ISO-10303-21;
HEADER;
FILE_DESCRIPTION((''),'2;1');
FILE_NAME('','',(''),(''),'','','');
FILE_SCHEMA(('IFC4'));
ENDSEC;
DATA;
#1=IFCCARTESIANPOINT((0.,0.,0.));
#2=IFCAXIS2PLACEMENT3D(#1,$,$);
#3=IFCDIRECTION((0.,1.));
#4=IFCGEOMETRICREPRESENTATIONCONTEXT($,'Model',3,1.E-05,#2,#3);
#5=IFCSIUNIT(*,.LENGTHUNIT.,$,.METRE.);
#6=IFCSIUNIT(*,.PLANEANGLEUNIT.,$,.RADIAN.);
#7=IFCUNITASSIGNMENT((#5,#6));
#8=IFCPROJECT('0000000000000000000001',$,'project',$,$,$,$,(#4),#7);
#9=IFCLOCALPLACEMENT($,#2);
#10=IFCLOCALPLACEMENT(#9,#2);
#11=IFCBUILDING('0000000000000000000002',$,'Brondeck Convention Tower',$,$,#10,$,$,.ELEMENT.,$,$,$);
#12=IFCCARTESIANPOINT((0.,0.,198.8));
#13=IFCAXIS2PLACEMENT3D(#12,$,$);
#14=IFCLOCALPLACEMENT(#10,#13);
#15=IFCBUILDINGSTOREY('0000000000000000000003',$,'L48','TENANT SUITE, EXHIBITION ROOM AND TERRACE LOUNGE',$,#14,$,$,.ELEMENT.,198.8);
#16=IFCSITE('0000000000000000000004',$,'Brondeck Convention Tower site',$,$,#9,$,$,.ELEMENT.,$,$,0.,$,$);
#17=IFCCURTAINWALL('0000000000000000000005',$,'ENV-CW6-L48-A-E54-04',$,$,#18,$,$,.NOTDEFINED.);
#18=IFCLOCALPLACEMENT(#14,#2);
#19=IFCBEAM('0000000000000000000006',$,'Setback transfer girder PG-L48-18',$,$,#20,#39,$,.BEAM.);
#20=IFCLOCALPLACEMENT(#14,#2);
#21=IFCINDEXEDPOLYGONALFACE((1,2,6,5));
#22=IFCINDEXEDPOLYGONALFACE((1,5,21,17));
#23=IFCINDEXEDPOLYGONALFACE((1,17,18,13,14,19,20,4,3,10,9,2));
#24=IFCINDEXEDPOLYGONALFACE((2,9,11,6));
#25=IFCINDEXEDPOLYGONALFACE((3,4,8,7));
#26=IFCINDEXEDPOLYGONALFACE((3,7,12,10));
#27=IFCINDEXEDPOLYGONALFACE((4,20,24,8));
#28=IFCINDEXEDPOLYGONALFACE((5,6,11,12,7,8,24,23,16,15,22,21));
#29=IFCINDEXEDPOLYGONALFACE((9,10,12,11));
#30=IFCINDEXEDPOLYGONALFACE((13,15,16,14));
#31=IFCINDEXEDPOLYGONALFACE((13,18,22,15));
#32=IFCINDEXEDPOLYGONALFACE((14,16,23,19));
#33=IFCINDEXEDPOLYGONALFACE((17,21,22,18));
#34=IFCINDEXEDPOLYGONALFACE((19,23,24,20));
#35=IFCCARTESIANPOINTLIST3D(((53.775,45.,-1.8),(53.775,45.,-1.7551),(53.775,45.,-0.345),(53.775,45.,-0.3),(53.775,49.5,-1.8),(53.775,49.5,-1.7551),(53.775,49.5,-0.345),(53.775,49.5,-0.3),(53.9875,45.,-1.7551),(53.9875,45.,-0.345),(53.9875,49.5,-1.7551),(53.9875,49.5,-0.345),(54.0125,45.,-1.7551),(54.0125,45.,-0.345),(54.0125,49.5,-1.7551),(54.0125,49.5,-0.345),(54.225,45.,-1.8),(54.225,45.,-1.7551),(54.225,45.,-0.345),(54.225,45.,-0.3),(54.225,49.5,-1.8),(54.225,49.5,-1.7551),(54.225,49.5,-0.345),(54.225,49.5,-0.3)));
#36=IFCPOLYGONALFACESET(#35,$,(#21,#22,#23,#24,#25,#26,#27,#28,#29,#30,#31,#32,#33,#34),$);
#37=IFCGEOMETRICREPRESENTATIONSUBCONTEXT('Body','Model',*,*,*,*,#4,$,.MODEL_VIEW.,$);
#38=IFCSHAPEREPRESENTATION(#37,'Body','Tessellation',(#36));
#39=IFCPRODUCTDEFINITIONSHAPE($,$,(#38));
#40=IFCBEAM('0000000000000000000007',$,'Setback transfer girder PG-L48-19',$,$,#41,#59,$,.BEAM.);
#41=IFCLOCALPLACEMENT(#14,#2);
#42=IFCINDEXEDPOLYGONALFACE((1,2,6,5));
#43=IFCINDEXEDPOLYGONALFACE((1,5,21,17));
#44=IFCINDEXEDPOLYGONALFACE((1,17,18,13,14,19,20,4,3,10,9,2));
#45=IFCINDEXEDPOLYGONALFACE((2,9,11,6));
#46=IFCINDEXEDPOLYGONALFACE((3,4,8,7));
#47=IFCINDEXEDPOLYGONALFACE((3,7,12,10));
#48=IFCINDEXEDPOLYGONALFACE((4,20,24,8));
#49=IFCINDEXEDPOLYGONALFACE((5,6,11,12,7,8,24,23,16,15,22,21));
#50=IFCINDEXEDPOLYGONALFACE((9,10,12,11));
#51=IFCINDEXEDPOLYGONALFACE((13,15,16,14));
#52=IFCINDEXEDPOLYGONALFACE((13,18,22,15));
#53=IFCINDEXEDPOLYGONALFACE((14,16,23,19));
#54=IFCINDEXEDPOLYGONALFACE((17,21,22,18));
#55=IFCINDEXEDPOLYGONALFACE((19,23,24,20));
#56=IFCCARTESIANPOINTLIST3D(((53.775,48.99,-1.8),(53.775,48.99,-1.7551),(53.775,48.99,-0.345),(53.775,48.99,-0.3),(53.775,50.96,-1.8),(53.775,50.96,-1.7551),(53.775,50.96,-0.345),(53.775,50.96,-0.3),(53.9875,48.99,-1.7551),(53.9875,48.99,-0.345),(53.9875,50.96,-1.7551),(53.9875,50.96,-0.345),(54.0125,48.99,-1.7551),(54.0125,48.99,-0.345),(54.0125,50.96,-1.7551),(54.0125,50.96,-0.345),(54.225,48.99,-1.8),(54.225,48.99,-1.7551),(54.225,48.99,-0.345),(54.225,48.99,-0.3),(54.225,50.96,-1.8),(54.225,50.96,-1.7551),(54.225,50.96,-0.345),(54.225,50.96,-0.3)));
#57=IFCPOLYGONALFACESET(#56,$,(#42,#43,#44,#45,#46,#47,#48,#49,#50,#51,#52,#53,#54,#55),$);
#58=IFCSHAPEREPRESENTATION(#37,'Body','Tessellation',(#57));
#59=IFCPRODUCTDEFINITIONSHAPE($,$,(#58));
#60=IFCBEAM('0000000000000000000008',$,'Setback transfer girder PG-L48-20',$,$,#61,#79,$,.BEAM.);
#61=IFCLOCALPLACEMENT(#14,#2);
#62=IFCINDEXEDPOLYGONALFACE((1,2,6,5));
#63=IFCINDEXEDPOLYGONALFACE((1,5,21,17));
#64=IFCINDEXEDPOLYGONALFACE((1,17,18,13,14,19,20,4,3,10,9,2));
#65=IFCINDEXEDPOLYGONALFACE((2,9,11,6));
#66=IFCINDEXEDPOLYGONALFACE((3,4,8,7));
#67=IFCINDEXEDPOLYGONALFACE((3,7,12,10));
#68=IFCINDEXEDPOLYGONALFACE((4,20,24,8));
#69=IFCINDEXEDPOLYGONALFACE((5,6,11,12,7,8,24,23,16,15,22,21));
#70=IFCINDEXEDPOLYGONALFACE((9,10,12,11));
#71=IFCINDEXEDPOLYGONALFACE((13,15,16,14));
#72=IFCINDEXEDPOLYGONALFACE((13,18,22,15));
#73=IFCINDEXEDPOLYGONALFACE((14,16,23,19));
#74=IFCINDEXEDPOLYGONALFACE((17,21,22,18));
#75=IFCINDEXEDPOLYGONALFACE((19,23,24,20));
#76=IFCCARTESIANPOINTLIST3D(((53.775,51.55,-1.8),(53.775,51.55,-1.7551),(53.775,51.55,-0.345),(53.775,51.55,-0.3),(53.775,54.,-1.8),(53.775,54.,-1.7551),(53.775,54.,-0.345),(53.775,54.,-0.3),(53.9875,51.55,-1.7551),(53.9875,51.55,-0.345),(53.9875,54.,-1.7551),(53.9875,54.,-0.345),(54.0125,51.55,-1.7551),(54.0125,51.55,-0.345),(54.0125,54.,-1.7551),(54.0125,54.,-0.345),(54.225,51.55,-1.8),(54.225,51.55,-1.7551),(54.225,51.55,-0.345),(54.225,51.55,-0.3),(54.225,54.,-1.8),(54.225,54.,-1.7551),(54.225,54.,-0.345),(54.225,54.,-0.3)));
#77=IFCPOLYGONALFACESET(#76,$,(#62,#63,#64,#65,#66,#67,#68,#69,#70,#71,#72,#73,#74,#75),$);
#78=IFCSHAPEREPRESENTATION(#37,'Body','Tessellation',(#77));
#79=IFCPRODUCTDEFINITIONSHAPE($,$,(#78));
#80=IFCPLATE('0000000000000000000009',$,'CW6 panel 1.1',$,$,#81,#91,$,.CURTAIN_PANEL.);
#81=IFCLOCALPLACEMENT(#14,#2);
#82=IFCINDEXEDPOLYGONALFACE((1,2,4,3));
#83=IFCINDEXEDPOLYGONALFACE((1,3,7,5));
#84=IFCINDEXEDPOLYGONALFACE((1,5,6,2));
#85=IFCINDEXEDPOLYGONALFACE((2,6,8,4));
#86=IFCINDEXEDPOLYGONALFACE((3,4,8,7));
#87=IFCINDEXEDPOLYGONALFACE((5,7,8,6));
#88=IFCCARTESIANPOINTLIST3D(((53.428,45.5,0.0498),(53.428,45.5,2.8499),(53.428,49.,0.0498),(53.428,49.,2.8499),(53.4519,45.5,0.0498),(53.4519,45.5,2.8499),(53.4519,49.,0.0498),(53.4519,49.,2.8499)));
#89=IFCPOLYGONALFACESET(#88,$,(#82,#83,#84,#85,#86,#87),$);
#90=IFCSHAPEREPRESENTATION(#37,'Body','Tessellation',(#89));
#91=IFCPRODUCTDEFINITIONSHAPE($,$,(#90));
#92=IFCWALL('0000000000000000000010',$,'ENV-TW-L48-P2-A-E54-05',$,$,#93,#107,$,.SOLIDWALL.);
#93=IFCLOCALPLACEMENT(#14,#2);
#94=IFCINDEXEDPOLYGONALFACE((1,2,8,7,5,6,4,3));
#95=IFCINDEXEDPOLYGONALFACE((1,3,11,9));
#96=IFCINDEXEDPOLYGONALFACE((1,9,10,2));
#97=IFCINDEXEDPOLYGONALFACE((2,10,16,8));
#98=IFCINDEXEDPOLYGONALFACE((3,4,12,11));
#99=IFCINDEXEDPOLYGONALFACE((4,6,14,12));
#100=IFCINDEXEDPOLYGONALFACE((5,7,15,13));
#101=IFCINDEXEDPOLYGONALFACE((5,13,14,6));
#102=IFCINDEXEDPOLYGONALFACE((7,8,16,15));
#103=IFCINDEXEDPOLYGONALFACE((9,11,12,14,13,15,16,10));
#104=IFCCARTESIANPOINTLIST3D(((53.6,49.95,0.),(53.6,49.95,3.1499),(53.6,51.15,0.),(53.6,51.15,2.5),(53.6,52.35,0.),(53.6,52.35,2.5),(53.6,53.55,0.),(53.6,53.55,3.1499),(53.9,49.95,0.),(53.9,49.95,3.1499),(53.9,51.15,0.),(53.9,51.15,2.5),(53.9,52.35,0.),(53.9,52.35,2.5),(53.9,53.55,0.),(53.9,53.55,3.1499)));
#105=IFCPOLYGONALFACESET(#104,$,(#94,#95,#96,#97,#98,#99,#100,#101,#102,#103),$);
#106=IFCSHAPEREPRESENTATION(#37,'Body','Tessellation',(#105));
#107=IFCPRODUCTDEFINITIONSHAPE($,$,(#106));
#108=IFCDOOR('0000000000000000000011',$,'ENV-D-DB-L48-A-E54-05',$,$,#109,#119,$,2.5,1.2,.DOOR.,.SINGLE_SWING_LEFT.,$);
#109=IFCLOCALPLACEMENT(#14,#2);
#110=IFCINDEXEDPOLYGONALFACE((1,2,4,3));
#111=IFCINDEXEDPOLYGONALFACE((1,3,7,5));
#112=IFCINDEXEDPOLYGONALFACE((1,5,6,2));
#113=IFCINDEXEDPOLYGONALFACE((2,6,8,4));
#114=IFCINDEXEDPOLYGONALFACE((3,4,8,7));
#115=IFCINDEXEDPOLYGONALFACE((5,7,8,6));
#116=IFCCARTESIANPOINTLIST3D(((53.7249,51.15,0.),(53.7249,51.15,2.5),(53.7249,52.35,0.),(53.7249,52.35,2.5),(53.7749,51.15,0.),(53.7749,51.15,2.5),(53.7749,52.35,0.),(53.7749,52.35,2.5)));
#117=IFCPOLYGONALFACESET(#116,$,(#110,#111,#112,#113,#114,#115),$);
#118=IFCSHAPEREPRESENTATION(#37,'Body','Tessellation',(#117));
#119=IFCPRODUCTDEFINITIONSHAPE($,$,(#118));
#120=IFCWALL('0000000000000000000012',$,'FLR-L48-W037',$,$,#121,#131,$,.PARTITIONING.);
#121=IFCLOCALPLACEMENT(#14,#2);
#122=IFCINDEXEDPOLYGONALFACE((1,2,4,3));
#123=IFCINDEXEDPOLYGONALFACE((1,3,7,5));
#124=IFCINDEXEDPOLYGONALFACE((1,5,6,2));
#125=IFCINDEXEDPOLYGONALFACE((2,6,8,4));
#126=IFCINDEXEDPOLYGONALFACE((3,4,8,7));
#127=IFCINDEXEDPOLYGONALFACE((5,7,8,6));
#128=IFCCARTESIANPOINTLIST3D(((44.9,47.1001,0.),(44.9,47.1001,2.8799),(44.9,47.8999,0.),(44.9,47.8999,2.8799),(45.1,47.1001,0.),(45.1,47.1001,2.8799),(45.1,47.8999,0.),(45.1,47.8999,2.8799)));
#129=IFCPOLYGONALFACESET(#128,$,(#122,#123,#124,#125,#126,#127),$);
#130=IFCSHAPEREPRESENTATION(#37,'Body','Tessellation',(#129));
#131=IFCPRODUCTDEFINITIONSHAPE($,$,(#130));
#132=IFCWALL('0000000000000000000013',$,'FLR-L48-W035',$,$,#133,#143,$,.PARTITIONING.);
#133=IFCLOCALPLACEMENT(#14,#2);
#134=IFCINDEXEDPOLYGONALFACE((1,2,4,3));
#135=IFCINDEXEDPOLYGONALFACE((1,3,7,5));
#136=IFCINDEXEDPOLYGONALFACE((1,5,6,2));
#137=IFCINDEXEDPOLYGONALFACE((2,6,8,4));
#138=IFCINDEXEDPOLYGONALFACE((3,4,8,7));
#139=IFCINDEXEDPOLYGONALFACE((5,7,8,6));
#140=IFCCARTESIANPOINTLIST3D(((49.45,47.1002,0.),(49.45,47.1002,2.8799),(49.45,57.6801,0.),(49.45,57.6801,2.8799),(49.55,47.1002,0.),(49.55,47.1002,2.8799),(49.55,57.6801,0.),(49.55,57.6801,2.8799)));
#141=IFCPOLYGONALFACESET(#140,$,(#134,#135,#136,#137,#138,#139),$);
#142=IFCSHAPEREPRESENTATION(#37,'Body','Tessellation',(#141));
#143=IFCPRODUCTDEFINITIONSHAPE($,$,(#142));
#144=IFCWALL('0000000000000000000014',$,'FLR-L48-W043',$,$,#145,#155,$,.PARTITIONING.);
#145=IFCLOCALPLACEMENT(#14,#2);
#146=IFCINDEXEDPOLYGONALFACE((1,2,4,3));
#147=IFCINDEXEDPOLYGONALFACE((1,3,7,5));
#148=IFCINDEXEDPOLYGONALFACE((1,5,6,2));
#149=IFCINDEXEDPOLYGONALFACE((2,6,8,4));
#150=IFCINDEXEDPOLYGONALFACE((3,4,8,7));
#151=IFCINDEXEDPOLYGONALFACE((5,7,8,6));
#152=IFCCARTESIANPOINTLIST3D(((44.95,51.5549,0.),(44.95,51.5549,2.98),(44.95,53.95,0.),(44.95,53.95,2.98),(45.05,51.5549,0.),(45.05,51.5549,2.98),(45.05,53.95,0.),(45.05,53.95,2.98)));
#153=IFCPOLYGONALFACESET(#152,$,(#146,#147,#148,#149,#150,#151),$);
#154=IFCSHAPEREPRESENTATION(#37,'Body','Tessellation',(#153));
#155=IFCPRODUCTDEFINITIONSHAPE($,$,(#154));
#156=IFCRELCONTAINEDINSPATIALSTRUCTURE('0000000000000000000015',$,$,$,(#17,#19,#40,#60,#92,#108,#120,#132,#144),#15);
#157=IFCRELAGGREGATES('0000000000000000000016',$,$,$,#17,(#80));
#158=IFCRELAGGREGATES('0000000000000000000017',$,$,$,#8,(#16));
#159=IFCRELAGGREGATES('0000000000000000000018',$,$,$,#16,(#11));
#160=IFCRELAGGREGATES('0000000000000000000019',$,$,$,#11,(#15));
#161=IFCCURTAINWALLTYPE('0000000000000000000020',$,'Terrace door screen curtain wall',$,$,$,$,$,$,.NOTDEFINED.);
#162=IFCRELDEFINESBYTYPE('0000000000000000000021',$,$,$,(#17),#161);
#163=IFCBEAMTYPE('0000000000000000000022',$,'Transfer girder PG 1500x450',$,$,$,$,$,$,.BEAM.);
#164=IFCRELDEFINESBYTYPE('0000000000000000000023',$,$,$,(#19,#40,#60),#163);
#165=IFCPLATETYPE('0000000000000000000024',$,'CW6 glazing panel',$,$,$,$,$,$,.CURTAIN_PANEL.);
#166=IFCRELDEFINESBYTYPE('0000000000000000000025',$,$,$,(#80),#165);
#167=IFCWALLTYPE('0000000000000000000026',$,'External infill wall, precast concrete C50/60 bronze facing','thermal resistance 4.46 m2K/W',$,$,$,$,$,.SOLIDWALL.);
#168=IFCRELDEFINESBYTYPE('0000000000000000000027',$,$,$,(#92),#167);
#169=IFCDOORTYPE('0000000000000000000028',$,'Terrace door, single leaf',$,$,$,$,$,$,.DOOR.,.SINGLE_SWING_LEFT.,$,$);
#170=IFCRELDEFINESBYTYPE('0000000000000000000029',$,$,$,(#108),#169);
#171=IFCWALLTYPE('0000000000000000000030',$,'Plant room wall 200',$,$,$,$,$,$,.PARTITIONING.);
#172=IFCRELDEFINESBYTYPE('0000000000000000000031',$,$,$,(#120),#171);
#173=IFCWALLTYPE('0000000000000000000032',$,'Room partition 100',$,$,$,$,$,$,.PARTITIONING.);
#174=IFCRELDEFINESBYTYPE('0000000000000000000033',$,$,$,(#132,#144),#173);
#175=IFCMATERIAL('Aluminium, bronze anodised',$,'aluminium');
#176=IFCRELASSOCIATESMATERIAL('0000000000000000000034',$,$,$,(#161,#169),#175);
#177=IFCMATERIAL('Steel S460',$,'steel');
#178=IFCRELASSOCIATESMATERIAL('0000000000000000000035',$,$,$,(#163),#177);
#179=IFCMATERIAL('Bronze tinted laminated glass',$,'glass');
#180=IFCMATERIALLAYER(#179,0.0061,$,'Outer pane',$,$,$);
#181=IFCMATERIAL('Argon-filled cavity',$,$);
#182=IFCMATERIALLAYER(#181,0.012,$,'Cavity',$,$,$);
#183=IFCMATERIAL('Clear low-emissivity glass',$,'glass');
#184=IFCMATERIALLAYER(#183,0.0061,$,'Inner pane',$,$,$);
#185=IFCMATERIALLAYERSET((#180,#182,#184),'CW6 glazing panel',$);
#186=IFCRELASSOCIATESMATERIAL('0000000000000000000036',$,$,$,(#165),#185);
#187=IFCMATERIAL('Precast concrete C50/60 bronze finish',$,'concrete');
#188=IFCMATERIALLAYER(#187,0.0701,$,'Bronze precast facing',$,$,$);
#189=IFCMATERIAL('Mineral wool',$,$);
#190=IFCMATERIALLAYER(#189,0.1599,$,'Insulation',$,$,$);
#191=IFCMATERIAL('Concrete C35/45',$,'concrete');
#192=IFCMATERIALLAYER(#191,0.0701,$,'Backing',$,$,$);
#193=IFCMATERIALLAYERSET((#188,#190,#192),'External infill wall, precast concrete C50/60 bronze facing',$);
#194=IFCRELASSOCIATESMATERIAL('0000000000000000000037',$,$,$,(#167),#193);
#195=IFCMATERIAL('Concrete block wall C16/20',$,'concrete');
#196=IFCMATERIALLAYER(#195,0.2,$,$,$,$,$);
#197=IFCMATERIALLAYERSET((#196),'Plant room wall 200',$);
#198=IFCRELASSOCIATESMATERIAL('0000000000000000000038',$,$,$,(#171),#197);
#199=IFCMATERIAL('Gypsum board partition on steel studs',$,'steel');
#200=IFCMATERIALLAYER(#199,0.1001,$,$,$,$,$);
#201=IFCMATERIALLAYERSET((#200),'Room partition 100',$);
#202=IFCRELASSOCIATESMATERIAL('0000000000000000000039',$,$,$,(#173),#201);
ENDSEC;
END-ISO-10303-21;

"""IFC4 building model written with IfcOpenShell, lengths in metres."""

from ifc_helpers import new_model, si_unit, direction, frame, frame_2d, origin, origin_2d, place, context, subcontext, project, spatial, rectangle, i_section, extrude, material, layer, layer_set, material_profile, profile_set, type_object, element, fill, aggregate, save


model = new_model("IFC4")

# Units and contexts
model_context = context("Model", 3, precision=1e-05, world=origin(), true_north=direction((0.0, 1.0)))
body_context = subcontext(model_context, "Body", "Model", "MODEL_VIEW")
ifc_project = project(units=[si_unit("LENGTHUNIT", "METRE"), si_unit("PLANEANGLEUNIT", "RADIAN")], contexts=[model_context])

# Site, building, storey
site_placement = place(None, origin())
site = spatial("IfcSite", under=ifc_project, at=site_placement, Name="Brondeck Convention Tower site", CompositionType="ELEMENT", RefElevation=0.0)
building_placement = place(site_placement, origin())
building = spatial("IfcBuilding", under=site, at=building_placement, Name="Brondeck Convention Tower", CompositionType="ELEMENT")
storey_placement = place(building_placement, frame((0.0, 0.0, 198.8)))
storey = spatial("IfcBuildingStorey", under=building, at=storey_placement, Name="L48", Description="TENANT SUITE, EXHIBITION ROOM AND TERRACE LOUNGE", CompositionType="ELEMENT", Elevation=198.8)

# Shared definitions
ifc_material_1 = material(Name="Aluminium, bronze anodised", Category="aluminium")
curtain_wall_type = type_object("IfcCurtainWallType", Name="Terrace door screen curtain wall", PredefinedType="NOTDEFINED", material=ifc_material_1)

# Curtain wall
curtain_wall_1_placement = place(storey_placement, origin())
curtain_wall_1 = element("IfcCurtainWall", 1, at=curtain_wall_1_placement, inside=storey, type_object=curtain_wall_type, Name="ENV-CW6-L48-A-E54-04", PredefinedType="NOTDEFINED")

# Beams
ifc_material_2 = material(Name="Steel S460", Category="steel")
ifc_material_profile_1 = material_profile(ifc_material_2, i_section(OverallWidth=0.45, OverallDepth=1.5, WebThickness=0.0249, FlangeThickness=0.0449, at=origin_2d()), Name="PG 1500x450")
ifc_profile_set_1 = profile_set([ifc_material_profile_1], Name="Steel S460")
beam_type_1 = type_object("IfcBeamType", Name="Transfer girder PG 1500x450", PredefinedType="BEAM", material=ifc_profile_set_1)
beam_1_placement = place(storey_placement, frame((54.0, 45.0, -1.05), z_axis=(0.0, 1.0, 0.0), x_axis=(-1.0, 0.0, 0.0)))
element("IfcBeam", 2, at=beam_1_placement, inside=storey, type_object=beam_type_1, Name="Setback transfer girder PG-L48-18", PredefinedType="BEAM", context=body_context, shape_type="SweptSolid", body=[
    extrude(i_section(OverallWidth=0.45, OverallDepth=1.5, WebThickness=0.0249, FlangeThickness=0.0449, at=origin_2d()), origin(), (0.0, 0.0, 1.0), 4.5),
])
beam_2_placement = place(storey_placement, frame((54.0, 48.99, -1.05), z_axis=(0.0, 1.0, 0.0), x_axis=(-1.0, 0.0, 0.0)))
element("IfcBeam", 3, at=beam_2_placement, inside=storey, type_object=beam_type_1, Name="Setback transfer girder PG-L48-19", PredefinedType="BEAM", context=body_context, shape_type="SweptSolid", body=[
    extrude(i_section(OverallWidth=0.45, OverallDepth=1.5, WebThickness=0.0249, FlangeThickness=0.0449, at=origin_2d()), origin(), (0.0, 0.0, 1.0), 1.97),
])
beam_3_placement = place(storey_placement, frame((54.0, 51.55, -1.05), z_axis=(0.0, 1.0, 0.0), x_axis=(-1.0, 0.0, 0.0)))
element("IfcBeam", 4, at=beam_3_placement, inside=storey, type_object=beam_type_1, Name="Setback transfer girder PG-L48-20", PredefinedType="BEAM", context=body_context, shape_type="SweptSolid", body=[
    extrude(i_section(OverallWidth=0.45, OverallDepth=1.5, WebThickness=0.0249, FlangeThickness=0.0449, at=origin_2d()), origin(), (0.0, 0.0, 1.0), 2.45),
])

# Plate
ifc_material_3 = material(Name="Bronze tinted laminated glass", Category="glass")
ifc_layer_1 = layer(ifc_material_3, 0.0061, Name="Outer pane")
ifc_material_4 = material(Name="Argon-filled cavity")
ifc_layer_2 = layer(ifc_material_4, 0.012, Name="Cavity")
ifc_material_5 = material(Name="Clear low-emissivity glass", Category="glass")
ifc_layer_3 = layer(ifc_material_5, 0.0061, Name="Inner pane")
ifc_layer_set_1 = layer_set([ifc_layer_1, ifc_layer_2, ifc_layer_3], Name="CW6 glazing panel")
plate_type = type_object("IfcPlateType", Name="CW6 glazing panel", PredefinedType="CURTAIN_PANEL", material=ifc_layer_set_1)
plate_placement = place(storey_placement, frame((53.4399, 47.25, 0.0498), z_axis=(0.0, 0.0, 1.0), x_axis=(0.0, -1.0, 0.0)))
plate = element("IfcPlate", 5, at=plate_placement, type_object=plate_type, Name="CW6 panel 1.1", PredefinedType="CURTAIN_PANEL", context=body_context, shape_type="SweptSolid", body=[
    extrude(rectangle(XDim=3.5, YDim=0.0239, at=origin_2d()), origin(), (0.0, 0.0, 1.0), 2.8),
])
aggregate(curtain_wall_1, [plate])

# Wall, opening, door
ifc_material_6 = material(Name="Precast concrete C50/60 bronze finish", Category="concrete")
ifc_layer_4 = layer(ifc_material_6, 0.0701, Name="Bronze precast facing")
ifc_material_7 = material(Name="Mineral wool")
ifc_layer_5 = layer(ifc_material_7, 0.1599, Name="Insulation")
ifc_material_8 = material(Name="Concrete C35/45", Category="concrete")
ifc_layer_6 = layer(ifc_material_8, 0.0701, Name="Backing")
ifc_layer_set_2 = layer_set([ifc_layer_4, ifc_layer_5, ifc_layer_6], Name="External infill wall, precast concrete C50/60 bronze facing")
wall_type_1 = type_object("IfcWallType", Name="External infill wall, precast concrete C50/60 bronze facing", Description="thermal resistance 4.46 m2K/W", PredefinedType="SOLIDWALL", material=ifc_layer_set_2)
wall_1_placement = place(storey_placement, frame((53.75, 53.55, 0.0), z_axis=(0.0, 0.0, 1.0), x_axis=(0.0, -1.0, 0.0)))
wall_1 = element("IfcWall", 6, at=wall_1_placement, inside=storey, type_object=wall_type_1, Name="ENV-TW-L48-P2-A-E54-05", PredefinedType="SOLIDWALL", context=body_context, shape_type="SweptSolid", body=[
    extrude(rectangle(XDim=3.6001, YDim=0.3, at=frame_2d((1.8, 0.0))), origin(), (0.0, 0.0, 1.0), 3.1499),
])
opening_placement = place(wall_1_placement, frame((1.2, 0.0, 0.0)))
opening = element("IfcOpeningElement", 7, at=opening_placement, cuts=wall_1, PredefinedType="OPENING", context=body_context, shape_type="SweptSolid", body=[
    extrude(rectangle(XDim=1.2, YDim=2.5, at=frame_2d((0.6001, 1.25))), frame((0.0, 0.1599, 0.0), z_axis=(0.0, -1.0, 0.0), x_axis=(1.0, 0.0, 0.0)), (0.0, 0.0, 1.0), 0.3201),
])
door_type = type_object("IfcDoorType", Name="Terrace door, single leaf", OperationType="SINGLE_SWING_LEFT", PredefinedType="DOOR", material=ifc_material_1)
door_placement = place(opening_placement, origin())
door = element("IfcDoor", 8, at=door_placement, inside=storey, type_object=door_type, Name="ENV-D-DB-L48-A-E54-05", OperationType="SINGLE_SWING_LEFT", OverallHeight=2.5, OverallWidth=1.2, PredefinedType="DOOR", context=body_context, shape_type="SweptSolid", body=[
    extrude(rectangle(XDim=1.2, YDim=2.5, at=frame_2d((0.6001, 1.25))), frame((0.0, 0.0249, 0.0), z_axis=(0.0, -1.0, 0.0), x_axis=(1.0, 0.0, 0.0)), (0.0, 0.0, 1.0), 0.05),
])
fill(opening, door)

# Walls
ifc_material_9 = material(Name="Concrete block wall C16/20", Category="concrete")
ifc_layer_7 = layer(ifc_material_9, 0.2)
ifc_layer_set_3 = layer_set([ifc_layer_7], Name="Plant room wall 200")
wall_type_2 = type_object("IfcWallType", Name="Plant room wall 200", PredefinedType="PARTITIONING", material=ifc_layer_set_3)
wall_2_placement = place(storey_placement, frame((45.0, 47.8999, 0.0), z_axis=(0.0, 0.0, 1.0), x_axis=(0.0, -1.0, 0.0)))
element("IfcWall", 9, at=wall_2_placement, inside=storey, type_object=wall_type_2, Name="FLR-L48-W037", PredefinedType="PARTITIONING", context=body_context, shape_type="SweptSolid", body=[
    extrude(rectangle(XDim=0.7998, YDim=0.2, at=frame_2d((0.3999, 0.0))), origin(), (0.0, 0.0, 1.0), 2.8799),
])
ifc_material_10 = material(Name="Gypsum board partition on steel studs", Category="steel")
ifc_layer_8 = layer(ifc_material_10, 0.1001)
ifc_layer_set_4 = layer_set([ifc_layer_8], Name="Room partition 100")
wall_type_3 = type_object("IfcWallType", Name="Room partition 100", PredefinedType="PARTITIONING", material=ifc_layer_set_4)
wall_3_placement = place(storey_placement, frame((49.5, 47.1001, 0.0), z_axis=(0.0, 0.0, 1.0), x_axis=(0.0, 1.0, 0.0)))
element("IfcWall", 10, at=wall_3_placement, inside=storey, type_object=wall_type_3, Name="FLR-L48-W035", PredefinedType="PARTITIONING", context=body_context, shape_type="SweptSolid", body=[
    extrude(rectangle(XDim=10.5798, YDim=0.1001, at=frame_2d((5.29, 0.0))), origin(), (0.0, 0.0, 1.0), 2.8799),
])
wall_4_placement = place(storey_placement, frame((45.0, 53.95, 0.0), z_axis=(0.0, 0.0, 1.0), x_axis=(0.0, -1.0, 0.0)))
element("IfcWall", 11, at=wall_4_placement, inside=storey, type_object=wall_type_3, Name="FLR-L48-W043", PredefinedType="PARTITIONING", context=body_context, shape_type="SweptSolid", body=[
    extrude(rectangle(XDim=2.395, YDim=0.1001, at=frame_2d((1.1975, 0.0))), origin(), (0.0, 0.0, 1.0), 2.98),
])

save(model, "model.ifc")
